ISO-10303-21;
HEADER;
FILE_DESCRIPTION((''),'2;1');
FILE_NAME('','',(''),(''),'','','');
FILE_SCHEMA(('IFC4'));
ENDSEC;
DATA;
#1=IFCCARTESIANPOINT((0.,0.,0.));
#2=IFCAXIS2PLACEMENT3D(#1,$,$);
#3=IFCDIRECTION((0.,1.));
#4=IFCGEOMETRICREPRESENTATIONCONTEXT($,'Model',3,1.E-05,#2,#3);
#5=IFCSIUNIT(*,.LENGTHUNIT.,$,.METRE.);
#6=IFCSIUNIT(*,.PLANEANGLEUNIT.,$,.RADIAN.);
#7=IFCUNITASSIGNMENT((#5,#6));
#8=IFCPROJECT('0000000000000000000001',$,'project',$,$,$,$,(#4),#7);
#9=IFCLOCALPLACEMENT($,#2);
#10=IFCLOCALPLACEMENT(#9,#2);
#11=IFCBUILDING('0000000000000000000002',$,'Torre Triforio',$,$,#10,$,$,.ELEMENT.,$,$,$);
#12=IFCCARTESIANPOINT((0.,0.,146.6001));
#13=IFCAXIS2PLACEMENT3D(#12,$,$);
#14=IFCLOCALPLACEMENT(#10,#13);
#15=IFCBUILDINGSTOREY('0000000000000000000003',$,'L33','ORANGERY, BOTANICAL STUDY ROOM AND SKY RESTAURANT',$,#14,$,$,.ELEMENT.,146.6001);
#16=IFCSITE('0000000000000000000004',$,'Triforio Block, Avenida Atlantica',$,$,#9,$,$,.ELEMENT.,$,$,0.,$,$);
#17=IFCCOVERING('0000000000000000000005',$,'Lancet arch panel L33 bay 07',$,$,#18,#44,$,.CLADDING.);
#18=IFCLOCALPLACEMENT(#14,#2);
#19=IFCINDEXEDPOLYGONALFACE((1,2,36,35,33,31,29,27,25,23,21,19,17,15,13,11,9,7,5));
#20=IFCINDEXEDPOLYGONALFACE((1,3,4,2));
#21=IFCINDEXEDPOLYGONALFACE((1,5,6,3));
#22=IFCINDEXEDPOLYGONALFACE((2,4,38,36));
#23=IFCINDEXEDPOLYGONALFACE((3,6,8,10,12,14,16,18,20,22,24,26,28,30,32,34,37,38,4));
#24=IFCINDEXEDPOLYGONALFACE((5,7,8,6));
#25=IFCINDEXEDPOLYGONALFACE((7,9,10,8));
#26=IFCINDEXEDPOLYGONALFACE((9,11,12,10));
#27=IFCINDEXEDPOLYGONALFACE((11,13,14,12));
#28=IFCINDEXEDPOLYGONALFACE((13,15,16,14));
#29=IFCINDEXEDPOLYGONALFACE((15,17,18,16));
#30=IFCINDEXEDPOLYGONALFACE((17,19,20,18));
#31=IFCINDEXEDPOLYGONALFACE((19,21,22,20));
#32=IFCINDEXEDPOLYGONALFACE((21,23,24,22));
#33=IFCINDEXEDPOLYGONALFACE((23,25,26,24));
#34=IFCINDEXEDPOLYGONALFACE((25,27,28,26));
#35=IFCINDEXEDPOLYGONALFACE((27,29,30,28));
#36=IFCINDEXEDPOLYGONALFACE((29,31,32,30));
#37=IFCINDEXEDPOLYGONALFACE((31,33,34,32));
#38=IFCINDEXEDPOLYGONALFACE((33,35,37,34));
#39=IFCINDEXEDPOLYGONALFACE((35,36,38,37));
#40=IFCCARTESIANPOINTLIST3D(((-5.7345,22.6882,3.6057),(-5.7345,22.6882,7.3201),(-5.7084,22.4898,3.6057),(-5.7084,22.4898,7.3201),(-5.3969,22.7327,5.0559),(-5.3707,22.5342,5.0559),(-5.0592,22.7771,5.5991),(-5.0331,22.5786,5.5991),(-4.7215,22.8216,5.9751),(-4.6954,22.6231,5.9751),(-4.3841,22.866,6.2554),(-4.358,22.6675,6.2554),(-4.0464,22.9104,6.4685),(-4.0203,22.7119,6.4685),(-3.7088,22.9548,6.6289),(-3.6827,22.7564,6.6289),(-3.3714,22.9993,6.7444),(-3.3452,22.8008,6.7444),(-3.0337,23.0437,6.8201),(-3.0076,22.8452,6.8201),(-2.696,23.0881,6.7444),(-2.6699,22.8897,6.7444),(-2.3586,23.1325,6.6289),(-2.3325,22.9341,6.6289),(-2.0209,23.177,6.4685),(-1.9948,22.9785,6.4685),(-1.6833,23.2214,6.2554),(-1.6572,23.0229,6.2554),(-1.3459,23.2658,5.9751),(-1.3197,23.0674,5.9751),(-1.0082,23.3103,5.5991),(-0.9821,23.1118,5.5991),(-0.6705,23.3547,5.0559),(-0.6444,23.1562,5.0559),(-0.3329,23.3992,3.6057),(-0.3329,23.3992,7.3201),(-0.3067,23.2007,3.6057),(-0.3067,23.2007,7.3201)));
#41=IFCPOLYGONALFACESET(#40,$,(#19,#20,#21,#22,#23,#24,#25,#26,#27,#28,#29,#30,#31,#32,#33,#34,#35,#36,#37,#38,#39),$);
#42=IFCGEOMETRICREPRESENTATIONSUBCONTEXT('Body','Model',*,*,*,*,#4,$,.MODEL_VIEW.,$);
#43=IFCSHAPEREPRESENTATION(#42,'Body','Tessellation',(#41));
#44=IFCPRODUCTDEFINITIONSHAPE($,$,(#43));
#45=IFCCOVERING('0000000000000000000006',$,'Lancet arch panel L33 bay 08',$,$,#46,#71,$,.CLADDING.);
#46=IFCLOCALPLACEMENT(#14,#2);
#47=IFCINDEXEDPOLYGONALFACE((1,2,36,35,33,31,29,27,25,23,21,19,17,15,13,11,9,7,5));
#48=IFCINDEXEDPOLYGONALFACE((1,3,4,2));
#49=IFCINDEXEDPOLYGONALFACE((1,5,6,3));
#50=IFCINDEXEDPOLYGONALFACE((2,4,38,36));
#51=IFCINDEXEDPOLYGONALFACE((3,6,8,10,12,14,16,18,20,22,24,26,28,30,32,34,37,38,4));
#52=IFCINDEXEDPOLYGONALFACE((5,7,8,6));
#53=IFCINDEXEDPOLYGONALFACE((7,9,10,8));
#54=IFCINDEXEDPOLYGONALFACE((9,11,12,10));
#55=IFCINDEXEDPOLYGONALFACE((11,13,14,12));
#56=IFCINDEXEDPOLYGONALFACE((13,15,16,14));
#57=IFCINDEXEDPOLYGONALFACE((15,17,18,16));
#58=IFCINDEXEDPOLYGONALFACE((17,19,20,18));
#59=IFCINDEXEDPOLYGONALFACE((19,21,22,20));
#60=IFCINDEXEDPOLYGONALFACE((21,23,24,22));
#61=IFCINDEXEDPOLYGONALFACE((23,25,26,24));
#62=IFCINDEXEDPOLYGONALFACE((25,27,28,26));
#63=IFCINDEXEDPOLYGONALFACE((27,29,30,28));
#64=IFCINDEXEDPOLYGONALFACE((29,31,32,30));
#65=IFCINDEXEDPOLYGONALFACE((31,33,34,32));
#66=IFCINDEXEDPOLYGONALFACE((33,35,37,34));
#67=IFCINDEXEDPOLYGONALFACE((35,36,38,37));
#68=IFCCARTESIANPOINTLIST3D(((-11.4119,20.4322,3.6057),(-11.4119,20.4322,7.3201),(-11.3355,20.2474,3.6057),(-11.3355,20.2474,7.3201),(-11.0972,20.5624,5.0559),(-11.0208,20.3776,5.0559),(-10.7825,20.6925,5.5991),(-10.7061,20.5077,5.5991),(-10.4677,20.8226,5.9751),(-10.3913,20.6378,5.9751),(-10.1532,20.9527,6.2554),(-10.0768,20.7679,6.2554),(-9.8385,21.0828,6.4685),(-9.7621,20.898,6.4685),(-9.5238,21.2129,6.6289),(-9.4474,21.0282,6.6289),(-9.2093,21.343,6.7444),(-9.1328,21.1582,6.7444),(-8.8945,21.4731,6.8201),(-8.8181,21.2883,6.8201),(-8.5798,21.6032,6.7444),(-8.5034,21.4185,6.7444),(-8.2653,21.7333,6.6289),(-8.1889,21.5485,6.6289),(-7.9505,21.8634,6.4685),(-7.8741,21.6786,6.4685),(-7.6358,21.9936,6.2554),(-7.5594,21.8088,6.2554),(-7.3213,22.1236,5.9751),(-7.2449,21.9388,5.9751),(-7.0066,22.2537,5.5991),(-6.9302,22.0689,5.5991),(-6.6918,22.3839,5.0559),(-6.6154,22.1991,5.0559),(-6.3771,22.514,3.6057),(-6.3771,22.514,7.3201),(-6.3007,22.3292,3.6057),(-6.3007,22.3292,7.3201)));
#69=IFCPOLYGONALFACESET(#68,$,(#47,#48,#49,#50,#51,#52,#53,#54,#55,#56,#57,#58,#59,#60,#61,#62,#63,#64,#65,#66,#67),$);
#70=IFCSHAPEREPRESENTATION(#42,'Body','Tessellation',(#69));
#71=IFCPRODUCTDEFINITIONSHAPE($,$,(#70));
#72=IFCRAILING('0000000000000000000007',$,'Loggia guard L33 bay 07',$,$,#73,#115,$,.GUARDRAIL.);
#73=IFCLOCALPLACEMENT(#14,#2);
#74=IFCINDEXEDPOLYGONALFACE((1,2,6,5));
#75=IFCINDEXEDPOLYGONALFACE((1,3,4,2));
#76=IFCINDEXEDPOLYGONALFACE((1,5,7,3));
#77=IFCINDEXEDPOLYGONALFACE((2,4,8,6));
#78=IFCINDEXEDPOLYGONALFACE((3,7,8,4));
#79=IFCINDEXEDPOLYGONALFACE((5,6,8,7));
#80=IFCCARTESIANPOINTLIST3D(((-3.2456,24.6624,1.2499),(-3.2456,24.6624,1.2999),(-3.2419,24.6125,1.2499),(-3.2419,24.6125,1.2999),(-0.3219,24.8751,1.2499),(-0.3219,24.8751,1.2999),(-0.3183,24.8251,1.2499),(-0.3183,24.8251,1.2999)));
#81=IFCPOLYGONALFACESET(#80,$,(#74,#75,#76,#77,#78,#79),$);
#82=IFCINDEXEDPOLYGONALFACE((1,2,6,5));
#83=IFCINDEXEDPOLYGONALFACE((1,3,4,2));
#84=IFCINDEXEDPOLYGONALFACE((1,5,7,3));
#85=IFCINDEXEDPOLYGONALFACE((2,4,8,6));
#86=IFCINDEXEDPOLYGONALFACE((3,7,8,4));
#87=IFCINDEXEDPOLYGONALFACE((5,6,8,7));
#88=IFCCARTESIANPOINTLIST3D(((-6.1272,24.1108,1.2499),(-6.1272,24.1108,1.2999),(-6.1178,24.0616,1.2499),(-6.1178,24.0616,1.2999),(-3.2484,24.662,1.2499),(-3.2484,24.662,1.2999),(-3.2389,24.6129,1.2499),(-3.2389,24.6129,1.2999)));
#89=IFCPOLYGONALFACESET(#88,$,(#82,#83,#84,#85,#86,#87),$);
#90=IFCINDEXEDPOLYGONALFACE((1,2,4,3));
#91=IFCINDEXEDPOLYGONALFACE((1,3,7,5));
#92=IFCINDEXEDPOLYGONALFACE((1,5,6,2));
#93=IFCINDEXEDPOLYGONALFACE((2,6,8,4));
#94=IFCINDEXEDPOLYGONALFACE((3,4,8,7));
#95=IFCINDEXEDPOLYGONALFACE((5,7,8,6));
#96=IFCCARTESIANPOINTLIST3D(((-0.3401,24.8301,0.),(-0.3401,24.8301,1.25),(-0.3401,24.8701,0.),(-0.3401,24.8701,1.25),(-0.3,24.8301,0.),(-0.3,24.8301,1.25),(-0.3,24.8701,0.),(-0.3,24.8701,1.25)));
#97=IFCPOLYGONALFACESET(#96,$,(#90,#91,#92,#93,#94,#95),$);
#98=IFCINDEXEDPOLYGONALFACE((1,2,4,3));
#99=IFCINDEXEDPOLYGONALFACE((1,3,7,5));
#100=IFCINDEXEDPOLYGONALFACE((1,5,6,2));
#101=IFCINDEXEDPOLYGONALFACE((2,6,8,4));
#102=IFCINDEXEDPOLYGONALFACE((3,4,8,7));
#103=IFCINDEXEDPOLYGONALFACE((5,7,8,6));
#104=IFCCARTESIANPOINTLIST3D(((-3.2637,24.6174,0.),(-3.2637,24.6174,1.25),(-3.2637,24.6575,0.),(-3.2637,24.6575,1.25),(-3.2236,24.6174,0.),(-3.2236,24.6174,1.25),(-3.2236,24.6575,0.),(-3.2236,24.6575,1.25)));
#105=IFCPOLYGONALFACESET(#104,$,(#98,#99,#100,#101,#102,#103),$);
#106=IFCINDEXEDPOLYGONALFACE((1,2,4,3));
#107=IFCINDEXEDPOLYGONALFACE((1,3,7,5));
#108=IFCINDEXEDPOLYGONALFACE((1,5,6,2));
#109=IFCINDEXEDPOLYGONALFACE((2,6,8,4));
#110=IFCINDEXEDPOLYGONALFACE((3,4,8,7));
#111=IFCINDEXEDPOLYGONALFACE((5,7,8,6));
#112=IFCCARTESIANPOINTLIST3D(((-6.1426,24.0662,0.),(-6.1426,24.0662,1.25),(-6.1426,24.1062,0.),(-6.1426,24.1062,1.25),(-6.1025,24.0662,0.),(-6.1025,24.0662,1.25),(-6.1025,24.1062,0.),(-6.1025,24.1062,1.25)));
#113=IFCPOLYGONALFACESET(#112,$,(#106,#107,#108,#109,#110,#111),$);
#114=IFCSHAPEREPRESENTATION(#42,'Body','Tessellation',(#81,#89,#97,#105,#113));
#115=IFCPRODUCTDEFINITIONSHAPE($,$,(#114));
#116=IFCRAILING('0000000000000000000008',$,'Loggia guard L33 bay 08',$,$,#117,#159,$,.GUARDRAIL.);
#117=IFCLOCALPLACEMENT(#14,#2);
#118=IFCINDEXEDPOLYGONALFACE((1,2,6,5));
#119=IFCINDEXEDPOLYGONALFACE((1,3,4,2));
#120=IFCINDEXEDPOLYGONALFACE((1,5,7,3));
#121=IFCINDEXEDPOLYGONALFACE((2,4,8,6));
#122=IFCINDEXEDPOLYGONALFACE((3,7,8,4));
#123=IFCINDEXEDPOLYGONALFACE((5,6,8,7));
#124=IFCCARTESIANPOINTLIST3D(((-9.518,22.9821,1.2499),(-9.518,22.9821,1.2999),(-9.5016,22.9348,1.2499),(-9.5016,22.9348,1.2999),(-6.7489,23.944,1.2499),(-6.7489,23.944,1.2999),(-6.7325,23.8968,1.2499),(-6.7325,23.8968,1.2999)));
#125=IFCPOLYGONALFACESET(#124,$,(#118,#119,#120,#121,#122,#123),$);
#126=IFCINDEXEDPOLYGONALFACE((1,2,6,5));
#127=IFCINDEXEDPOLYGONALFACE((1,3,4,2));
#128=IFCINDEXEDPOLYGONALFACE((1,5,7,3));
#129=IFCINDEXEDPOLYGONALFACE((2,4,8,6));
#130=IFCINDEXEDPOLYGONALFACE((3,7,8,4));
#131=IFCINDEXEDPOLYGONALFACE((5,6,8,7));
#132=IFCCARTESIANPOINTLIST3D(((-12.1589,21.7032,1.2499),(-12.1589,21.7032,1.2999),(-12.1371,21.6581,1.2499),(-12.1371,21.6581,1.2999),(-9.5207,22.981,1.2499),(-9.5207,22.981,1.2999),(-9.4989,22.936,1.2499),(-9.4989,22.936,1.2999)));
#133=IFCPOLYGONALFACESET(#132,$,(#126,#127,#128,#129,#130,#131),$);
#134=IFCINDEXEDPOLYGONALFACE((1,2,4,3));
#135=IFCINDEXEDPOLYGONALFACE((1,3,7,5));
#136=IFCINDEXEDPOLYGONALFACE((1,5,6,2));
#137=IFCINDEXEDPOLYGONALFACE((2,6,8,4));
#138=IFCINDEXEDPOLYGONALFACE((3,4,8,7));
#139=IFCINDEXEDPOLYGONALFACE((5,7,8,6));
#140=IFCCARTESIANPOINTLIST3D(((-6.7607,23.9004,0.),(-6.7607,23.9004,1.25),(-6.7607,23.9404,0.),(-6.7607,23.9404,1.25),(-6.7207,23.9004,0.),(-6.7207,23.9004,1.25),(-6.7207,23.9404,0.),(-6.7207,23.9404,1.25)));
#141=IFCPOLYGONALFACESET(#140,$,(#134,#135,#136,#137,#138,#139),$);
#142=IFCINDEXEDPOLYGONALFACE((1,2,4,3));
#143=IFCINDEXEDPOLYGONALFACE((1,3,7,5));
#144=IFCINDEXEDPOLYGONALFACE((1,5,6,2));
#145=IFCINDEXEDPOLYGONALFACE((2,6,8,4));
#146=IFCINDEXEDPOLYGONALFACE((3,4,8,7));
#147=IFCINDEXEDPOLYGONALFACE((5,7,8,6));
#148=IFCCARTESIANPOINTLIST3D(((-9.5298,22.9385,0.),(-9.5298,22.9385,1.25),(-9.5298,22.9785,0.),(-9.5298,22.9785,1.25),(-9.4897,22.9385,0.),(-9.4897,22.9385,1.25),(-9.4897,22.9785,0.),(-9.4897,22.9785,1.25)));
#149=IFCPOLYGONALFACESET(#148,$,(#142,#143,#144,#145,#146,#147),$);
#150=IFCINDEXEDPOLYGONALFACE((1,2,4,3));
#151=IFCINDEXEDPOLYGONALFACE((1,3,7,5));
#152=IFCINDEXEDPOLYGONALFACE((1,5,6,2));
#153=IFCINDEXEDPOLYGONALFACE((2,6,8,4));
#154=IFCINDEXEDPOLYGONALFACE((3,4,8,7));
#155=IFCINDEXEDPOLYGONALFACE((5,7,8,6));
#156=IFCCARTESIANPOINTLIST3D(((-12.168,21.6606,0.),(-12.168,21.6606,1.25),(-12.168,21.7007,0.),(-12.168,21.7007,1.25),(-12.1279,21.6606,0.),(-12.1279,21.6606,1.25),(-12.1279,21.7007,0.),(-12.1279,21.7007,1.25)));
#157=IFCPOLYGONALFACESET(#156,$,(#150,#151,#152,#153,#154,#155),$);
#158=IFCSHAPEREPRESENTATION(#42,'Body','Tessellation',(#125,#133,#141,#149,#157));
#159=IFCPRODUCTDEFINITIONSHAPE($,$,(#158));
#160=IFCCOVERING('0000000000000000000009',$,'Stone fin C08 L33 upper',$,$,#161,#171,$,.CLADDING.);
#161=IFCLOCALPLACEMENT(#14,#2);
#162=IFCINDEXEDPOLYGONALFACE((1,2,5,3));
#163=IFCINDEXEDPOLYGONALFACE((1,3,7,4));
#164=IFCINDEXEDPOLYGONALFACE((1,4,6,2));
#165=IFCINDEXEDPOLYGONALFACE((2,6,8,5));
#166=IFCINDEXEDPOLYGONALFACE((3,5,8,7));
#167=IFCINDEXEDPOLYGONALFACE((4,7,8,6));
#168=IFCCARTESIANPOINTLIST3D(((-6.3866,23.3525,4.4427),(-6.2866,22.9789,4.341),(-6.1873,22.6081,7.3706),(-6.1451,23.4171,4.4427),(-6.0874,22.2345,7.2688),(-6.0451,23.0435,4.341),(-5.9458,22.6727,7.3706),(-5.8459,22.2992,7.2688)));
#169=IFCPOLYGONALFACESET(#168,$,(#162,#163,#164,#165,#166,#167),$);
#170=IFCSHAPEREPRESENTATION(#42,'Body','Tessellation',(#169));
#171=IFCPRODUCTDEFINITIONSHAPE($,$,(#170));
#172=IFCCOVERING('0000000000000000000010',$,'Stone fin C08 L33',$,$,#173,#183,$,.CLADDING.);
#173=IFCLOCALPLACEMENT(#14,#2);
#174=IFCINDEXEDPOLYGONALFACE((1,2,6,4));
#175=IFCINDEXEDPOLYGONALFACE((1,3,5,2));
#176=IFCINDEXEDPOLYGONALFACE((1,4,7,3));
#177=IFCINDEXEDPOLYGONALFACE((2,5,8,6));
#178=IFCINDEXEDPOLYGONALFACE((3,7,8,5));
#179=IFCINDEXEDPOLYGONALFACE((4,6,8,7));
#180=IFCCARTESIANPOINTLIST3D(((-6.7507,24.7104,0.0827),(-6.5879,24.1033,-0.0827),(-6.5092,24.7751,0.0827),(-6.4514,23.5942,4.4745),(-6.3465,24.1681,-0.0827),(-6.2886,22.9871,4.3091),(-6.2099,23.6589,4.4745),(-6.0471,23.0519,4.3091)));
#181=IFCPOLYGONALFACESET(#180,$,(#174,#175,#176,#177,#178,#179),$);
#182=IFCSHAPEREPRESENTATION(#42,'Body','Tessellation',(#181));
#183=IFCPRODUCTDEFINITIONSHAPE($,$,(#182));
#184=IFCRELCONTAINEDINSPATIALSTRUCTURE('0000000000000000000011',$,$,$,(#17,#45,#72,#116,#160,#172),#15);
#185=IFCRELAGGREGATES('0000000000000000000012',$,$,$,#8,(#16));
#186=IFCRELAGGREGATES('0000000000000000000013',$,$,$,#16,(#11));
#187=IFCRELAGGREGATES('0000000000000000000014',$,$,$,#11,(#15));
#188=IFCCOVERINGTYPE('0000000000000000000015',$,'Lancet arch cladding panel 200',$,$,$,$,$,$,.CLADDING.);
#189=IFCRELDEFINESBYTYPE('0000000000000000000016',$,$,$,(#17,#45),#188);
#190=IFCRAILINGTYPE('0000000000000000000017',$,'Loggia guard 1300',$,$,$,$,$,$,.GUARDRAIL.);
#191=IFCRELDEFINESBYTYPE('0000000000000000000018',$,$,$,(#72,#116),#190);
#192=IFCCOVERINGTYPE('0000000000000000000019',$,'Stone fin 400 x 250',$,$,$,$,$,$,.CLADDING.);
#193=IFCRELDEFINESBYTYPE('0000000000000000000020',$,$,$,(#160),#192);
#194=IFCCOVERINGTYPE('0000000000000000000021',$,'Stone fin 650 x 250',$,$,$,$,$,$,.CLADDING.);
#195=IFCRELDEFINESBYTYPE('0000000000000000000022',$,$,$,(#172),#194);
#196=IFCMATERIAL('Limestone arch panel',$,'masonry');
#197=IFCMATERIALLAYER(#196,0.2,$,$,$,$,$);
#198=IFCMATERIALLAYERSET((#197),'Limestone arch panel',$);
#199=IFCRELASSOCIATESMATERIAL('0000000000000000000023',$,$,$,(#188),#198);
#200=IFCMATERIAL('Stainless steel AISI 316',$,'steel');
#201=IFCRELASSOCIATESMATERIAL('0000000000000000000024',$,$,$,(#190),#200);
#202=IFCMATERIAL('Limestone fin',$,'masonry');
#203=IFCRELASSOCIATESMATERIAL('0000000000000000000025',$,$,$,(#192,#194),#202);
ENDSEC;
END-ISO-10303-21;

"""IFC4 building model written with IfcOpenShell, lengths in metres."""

from ifc_helpers import new_model, si_unit, direction, frame, origin, origin_2d, place, context, subcontext, project, spatial, polyline, rectangle, outline, extrude, material, layer, layer_set, material_profile, profile_set, type_object, element, save


model = new_model("IFC4")

# Units and contexts
model_context = context("Model", 3, precision=1e-05, world=origin(), true_north=direction((0.0, 1.0)))
body_context = subcontext(model_context, "Body", "Model", "MODEL_VIEW")
ifc_project = project(units=[si_unit("LENGTHUNIT", "METRE"), si_unit("PLANEANGLEUNIT", "RADIAN")], contexts=[model_context])

# Site, building, storey
site_placement = place(None, origin())
site = spatial("IfcSite", under=ifc_project, at=site_placement, Name="Triforio Block, Avenida Atlantica", CompositionType="ELEMENT", RefElevation=0.0)
building_placement = place(site_placement, origin())
building = spatial("IfcBuilding", under=site, at=building_placement, Name="Torre Triforio", CompositionType="ELEMENT")
storey_placement = place(building_placement, frame((0.0, 0.0, 146.6001)))
storey = spatial("IfcBuildingStorey", under=building, at=storey_placement, Name="L33", Description="ORANGERY, BOTANICAL STUDY ROOM AND SKY RESTAURANT", CompositionType="ELEMENT", Elevation=146.6001)

# Coverings
ifc_material_1 = material(Name="Limestone arch panel", Category="masonry")
ifc_layer_1 = layer(ifc_material_1, 0.2)
ifc_layer_set_1 = layer_set([ifc_layer_1], Name="Limestone arch panel")
covering_type_1 = type_object("IfcCoveringType", Name="Lancet arch cladding panel 200", PredefinedType="CLADDING", material=ifc_layer_set_1)
covering_1_placement = place(storey_placement, frame((-3.0076, 22.8452, 0.0), z_axis=(-0.130486, 0.99145, 0.0), x_axis=(-0.99145, -0.130486, 0.0)))
element("IfcCovering", 1, at=covering_1_placement, inside=storey, type_object=covering_type_1, Name="Lancet arch panel L33 bay 07", PredefinedType="CLADDING", context=body_context, shape_type="SweptSolid", body=[
    extrude(outline(polyline([(-2.7241, 7.3201), (-2.7241, 3.6057), (-2.3835, 5.0559), (-2.043, 5.5991), (-1.7024, 5.9751), (-1.3621, 6.2554), (-1.0215, 6.4685), (-0.6809, 6.6289), (-0.3406, 6.7444), (0.0, 6.8201), (0.3406, 6.7444), (0.6809, 6.6289), (1.0215, 6.4685), (1.3621, 6.2554), (1.7024, 5.9751), (2.043, 5.5991), (2.3835, 5.0559), (2.7241, 3.6057), (2.7241, 7.3201), (-2.7241, 7.3201)])), origin(), (0.0, 0.0, 1.0), 0.2002),
])
covering_2_placement = place(storey_placement, frame((-8.8181, 21.2883, 0.0), z_axis=(-0.3821, 0.924121, 0.0), x_axis=(-0.924121, -0.3821, 0.0)))
element("IfcCovering", 2, at=covering_2_placement, inside=storey, type_object=covering_type_1, Name="Lancet arch panel L33 bay 08", PredefinedType="CLADDING", context=body_context, shape_type="SweptSolid", body=[
    extrude(outline(polyline([(-2.7241, 7.3201), (-2.7241, 3.6057), (-2.3835, 5.0559), (-2.043, 5.5991), (-1.7024, 5.9751), (-1.3621, 6.2554), (-1.0215, 6.4685), (-0.6809, 6.6289), (-0.3406, 6.7444), (0.0, 6.8201), (0.3406, 6.7444), (0.6809, 6.6289), (1.0215, 6.4685), (1.3621, 6.2554), (1.7024, 5.9751), (2.043, 5.5991), (2.3835, 5.0559), (2.7241, 3.6057), (2.7241, 7.3201), (-2.7241, 7.3201)])), origin(), (0.0, 0.0, 1.0), 0.2),
])

# Railings
ifc_material_2 = material(Name="Stainless steel AISI 316", Category="steel")
railing_type = type_object("IfcRailingType", Name="Loggia guard 1300", PredefinedType="GUARDRAIL", material=ifc_material_2)
railing_1_placement = place(storey_placement, frame((-0.3201, 24.8501, 0.0)))
element("IfcRailing", 3, at=railing_1_placement, inside=storey, type_object=railing_type, Name="Loggia guard L33 bay 07", PredefinedType="GUARDRAIL", context=body_context, shape_type="SweptSolid", body=[
    extrude(rectangle(XDim=0.05, YDim=0.05, at=origin_2d()), frame((0.0, 0.0, 1.2749), z_axis=(-0.997365, -0.072543, 0.0), x_axis=(0.072543, -0.997365, 0.0)), (0.0, 0.0, 1.0), 2.9314),
    extrude(rectangle(XDim=0.05, YDim=0.05, at=origin_2d()), frame((-2.9236, -0.2126, 1.2749), z_axis=(-0.982156, -0.188069, 0.0), x_axis=(0.188069, -0.982156, 0.0)), (0.0, 0.0, 1.0), 2.9312),
    extrude(rectangle(XDim=0.04, YDim=0.04, at=origin_2d()), origin(), (0.0, 0.0, 1.0), 1.25),
    extrude(rectangle(XDim=0.04, YDim=0.04, at=origin_2d()), frame((-2.9236, -0.2126, 0.0)), (0.0, 0.0, 1.0), 1.25),
    extrude(rectangle(XDim=0.04, YDim=0.04, at=origin_2d()), frame((-5.8025, -0.7639, 0.0)), (0.0, 0.0, 1.0), 1.25),
])
railing_2_placement = place(storey_placement, frame((-6.7407, 23.9204, 0.0)))
element("IfcRailing", 4, at=railing_2_placement, inside=storey, type_object=railing_type, Name="Loggia guard L33 bay 08", PredefinedType="GUARDRAIL", context=body_context, shape_type="SweptSolid", body=[
    extrude(rectangle(XDim=0.05, YDim=0.05, at=origin_2d()), frame((0.0, 0.0, 1.2749), z_axis=(-0.944627, -0.328146, 0.0), x_axis=(0.328146, -0.944627, 0.0)), (0.0, 0.0, 1.0), 2.9314),
    extrude(rectangle(XDim=0.05, YDim=0.05, at=origin_2d()), frame((-2.769, -0.9619, 1.2749), z_axis=(-0.899986, -0.435918, 0.0), x_axis=(0.435918, -0.899986, 0.0)), (0.0, 0.0, 1.0), 2.9314),
    extrude(rectangle(XDim=0.04, YDim=0.04, at=origin_2d()), origin(), (0.0, 0.0, 1.0), 1.25),
    extrude(rectangle(XDim=0.04, YDim=0.04, at=origin_2d()), frame((-2.769, -0.9619, 0.0)), (0.0, 0.0, 1.0), 1.25),
    extrude(rectangle(XDim=0.04, YDim=0.04, at=origin_2d()), frame((-5.4072, -2.2397, 0.0)), (0.0, 0.0, 1.0), 1.25),
])

# Coverings
ifc_material_3 = material(Name="Limestone fin", Category="masonry")
ifc_material_profile_1 = material_profile(ifc_material_3, rectangle(XDim=0.3999, YDim=0.25, at=origin_2d()), Name="FIN 400x250")
ifc_profile_set_1 = profile_set([ifc_material_profile_1], Name="Limestone fin")
covering_type_2 = type_object("IfcCoveringType", Name="Stone fin 400 x 250", PredefinedType="CLADDING", material=ifc_profile_set_1)
covering_3_placement = place(storey_placement, frame((-6.2158, 23.198, 4.3918), z_axis=(0.065799, -0.24586, 0.96707), x_axis=(-0.250017, 0.934192, 0.254512)))
element("IfcCovering", 5, at=covering_3_placement, inside=storey, type_object=covering_type_2, Name="Stone fin C08 L33 upper", PredefinedType="CLADDING", context=body_context, shape_type="SweptSolid", body=[
    extrude(rectangle(XDim=0.3999, YDim=0.25, at=origin_2d()), origin(), (0.0, 0.0, 1.0), 3.0276),
])
ifc_material_profile_2 = material_profile(ifc_material_3, rectangle(XDim=0.6499, YDim=0.25, at=origin_2d()), Name="FIN 650x250")
ifc_profile_set_2 = profile_set([ifc_material_profile_2], Name="Limestone fin")
covering_type_3 = type_object("IfcCoveringType", Name="Stone fin 650 x 250", PredefinedType="CLADDING", material=ifc_profile_set_2)
covering_4_placement = place(storey_placement, frame((-6.5486, 24.4392, 0.0), z_axis=(0.065909, -0.245789, 0.96708), x_axis=(-0.250477, 0.93408, 0.254472)))
element("IfcCovering", 6, at=covering_4_placement, inside=storey, type_object=covering_type_3, Name="Stone fin C08 L33", PredefinedType="CLADDING", context=body_context, shape_type="SweptSolid", body=[
    extrude(rectangle(XDim=0.6499, YDim=0.25, at=origin_2d()), origin(), (0.0, 0.0, 1.0), 4.5413),
])

save(model, "model.ifc")
